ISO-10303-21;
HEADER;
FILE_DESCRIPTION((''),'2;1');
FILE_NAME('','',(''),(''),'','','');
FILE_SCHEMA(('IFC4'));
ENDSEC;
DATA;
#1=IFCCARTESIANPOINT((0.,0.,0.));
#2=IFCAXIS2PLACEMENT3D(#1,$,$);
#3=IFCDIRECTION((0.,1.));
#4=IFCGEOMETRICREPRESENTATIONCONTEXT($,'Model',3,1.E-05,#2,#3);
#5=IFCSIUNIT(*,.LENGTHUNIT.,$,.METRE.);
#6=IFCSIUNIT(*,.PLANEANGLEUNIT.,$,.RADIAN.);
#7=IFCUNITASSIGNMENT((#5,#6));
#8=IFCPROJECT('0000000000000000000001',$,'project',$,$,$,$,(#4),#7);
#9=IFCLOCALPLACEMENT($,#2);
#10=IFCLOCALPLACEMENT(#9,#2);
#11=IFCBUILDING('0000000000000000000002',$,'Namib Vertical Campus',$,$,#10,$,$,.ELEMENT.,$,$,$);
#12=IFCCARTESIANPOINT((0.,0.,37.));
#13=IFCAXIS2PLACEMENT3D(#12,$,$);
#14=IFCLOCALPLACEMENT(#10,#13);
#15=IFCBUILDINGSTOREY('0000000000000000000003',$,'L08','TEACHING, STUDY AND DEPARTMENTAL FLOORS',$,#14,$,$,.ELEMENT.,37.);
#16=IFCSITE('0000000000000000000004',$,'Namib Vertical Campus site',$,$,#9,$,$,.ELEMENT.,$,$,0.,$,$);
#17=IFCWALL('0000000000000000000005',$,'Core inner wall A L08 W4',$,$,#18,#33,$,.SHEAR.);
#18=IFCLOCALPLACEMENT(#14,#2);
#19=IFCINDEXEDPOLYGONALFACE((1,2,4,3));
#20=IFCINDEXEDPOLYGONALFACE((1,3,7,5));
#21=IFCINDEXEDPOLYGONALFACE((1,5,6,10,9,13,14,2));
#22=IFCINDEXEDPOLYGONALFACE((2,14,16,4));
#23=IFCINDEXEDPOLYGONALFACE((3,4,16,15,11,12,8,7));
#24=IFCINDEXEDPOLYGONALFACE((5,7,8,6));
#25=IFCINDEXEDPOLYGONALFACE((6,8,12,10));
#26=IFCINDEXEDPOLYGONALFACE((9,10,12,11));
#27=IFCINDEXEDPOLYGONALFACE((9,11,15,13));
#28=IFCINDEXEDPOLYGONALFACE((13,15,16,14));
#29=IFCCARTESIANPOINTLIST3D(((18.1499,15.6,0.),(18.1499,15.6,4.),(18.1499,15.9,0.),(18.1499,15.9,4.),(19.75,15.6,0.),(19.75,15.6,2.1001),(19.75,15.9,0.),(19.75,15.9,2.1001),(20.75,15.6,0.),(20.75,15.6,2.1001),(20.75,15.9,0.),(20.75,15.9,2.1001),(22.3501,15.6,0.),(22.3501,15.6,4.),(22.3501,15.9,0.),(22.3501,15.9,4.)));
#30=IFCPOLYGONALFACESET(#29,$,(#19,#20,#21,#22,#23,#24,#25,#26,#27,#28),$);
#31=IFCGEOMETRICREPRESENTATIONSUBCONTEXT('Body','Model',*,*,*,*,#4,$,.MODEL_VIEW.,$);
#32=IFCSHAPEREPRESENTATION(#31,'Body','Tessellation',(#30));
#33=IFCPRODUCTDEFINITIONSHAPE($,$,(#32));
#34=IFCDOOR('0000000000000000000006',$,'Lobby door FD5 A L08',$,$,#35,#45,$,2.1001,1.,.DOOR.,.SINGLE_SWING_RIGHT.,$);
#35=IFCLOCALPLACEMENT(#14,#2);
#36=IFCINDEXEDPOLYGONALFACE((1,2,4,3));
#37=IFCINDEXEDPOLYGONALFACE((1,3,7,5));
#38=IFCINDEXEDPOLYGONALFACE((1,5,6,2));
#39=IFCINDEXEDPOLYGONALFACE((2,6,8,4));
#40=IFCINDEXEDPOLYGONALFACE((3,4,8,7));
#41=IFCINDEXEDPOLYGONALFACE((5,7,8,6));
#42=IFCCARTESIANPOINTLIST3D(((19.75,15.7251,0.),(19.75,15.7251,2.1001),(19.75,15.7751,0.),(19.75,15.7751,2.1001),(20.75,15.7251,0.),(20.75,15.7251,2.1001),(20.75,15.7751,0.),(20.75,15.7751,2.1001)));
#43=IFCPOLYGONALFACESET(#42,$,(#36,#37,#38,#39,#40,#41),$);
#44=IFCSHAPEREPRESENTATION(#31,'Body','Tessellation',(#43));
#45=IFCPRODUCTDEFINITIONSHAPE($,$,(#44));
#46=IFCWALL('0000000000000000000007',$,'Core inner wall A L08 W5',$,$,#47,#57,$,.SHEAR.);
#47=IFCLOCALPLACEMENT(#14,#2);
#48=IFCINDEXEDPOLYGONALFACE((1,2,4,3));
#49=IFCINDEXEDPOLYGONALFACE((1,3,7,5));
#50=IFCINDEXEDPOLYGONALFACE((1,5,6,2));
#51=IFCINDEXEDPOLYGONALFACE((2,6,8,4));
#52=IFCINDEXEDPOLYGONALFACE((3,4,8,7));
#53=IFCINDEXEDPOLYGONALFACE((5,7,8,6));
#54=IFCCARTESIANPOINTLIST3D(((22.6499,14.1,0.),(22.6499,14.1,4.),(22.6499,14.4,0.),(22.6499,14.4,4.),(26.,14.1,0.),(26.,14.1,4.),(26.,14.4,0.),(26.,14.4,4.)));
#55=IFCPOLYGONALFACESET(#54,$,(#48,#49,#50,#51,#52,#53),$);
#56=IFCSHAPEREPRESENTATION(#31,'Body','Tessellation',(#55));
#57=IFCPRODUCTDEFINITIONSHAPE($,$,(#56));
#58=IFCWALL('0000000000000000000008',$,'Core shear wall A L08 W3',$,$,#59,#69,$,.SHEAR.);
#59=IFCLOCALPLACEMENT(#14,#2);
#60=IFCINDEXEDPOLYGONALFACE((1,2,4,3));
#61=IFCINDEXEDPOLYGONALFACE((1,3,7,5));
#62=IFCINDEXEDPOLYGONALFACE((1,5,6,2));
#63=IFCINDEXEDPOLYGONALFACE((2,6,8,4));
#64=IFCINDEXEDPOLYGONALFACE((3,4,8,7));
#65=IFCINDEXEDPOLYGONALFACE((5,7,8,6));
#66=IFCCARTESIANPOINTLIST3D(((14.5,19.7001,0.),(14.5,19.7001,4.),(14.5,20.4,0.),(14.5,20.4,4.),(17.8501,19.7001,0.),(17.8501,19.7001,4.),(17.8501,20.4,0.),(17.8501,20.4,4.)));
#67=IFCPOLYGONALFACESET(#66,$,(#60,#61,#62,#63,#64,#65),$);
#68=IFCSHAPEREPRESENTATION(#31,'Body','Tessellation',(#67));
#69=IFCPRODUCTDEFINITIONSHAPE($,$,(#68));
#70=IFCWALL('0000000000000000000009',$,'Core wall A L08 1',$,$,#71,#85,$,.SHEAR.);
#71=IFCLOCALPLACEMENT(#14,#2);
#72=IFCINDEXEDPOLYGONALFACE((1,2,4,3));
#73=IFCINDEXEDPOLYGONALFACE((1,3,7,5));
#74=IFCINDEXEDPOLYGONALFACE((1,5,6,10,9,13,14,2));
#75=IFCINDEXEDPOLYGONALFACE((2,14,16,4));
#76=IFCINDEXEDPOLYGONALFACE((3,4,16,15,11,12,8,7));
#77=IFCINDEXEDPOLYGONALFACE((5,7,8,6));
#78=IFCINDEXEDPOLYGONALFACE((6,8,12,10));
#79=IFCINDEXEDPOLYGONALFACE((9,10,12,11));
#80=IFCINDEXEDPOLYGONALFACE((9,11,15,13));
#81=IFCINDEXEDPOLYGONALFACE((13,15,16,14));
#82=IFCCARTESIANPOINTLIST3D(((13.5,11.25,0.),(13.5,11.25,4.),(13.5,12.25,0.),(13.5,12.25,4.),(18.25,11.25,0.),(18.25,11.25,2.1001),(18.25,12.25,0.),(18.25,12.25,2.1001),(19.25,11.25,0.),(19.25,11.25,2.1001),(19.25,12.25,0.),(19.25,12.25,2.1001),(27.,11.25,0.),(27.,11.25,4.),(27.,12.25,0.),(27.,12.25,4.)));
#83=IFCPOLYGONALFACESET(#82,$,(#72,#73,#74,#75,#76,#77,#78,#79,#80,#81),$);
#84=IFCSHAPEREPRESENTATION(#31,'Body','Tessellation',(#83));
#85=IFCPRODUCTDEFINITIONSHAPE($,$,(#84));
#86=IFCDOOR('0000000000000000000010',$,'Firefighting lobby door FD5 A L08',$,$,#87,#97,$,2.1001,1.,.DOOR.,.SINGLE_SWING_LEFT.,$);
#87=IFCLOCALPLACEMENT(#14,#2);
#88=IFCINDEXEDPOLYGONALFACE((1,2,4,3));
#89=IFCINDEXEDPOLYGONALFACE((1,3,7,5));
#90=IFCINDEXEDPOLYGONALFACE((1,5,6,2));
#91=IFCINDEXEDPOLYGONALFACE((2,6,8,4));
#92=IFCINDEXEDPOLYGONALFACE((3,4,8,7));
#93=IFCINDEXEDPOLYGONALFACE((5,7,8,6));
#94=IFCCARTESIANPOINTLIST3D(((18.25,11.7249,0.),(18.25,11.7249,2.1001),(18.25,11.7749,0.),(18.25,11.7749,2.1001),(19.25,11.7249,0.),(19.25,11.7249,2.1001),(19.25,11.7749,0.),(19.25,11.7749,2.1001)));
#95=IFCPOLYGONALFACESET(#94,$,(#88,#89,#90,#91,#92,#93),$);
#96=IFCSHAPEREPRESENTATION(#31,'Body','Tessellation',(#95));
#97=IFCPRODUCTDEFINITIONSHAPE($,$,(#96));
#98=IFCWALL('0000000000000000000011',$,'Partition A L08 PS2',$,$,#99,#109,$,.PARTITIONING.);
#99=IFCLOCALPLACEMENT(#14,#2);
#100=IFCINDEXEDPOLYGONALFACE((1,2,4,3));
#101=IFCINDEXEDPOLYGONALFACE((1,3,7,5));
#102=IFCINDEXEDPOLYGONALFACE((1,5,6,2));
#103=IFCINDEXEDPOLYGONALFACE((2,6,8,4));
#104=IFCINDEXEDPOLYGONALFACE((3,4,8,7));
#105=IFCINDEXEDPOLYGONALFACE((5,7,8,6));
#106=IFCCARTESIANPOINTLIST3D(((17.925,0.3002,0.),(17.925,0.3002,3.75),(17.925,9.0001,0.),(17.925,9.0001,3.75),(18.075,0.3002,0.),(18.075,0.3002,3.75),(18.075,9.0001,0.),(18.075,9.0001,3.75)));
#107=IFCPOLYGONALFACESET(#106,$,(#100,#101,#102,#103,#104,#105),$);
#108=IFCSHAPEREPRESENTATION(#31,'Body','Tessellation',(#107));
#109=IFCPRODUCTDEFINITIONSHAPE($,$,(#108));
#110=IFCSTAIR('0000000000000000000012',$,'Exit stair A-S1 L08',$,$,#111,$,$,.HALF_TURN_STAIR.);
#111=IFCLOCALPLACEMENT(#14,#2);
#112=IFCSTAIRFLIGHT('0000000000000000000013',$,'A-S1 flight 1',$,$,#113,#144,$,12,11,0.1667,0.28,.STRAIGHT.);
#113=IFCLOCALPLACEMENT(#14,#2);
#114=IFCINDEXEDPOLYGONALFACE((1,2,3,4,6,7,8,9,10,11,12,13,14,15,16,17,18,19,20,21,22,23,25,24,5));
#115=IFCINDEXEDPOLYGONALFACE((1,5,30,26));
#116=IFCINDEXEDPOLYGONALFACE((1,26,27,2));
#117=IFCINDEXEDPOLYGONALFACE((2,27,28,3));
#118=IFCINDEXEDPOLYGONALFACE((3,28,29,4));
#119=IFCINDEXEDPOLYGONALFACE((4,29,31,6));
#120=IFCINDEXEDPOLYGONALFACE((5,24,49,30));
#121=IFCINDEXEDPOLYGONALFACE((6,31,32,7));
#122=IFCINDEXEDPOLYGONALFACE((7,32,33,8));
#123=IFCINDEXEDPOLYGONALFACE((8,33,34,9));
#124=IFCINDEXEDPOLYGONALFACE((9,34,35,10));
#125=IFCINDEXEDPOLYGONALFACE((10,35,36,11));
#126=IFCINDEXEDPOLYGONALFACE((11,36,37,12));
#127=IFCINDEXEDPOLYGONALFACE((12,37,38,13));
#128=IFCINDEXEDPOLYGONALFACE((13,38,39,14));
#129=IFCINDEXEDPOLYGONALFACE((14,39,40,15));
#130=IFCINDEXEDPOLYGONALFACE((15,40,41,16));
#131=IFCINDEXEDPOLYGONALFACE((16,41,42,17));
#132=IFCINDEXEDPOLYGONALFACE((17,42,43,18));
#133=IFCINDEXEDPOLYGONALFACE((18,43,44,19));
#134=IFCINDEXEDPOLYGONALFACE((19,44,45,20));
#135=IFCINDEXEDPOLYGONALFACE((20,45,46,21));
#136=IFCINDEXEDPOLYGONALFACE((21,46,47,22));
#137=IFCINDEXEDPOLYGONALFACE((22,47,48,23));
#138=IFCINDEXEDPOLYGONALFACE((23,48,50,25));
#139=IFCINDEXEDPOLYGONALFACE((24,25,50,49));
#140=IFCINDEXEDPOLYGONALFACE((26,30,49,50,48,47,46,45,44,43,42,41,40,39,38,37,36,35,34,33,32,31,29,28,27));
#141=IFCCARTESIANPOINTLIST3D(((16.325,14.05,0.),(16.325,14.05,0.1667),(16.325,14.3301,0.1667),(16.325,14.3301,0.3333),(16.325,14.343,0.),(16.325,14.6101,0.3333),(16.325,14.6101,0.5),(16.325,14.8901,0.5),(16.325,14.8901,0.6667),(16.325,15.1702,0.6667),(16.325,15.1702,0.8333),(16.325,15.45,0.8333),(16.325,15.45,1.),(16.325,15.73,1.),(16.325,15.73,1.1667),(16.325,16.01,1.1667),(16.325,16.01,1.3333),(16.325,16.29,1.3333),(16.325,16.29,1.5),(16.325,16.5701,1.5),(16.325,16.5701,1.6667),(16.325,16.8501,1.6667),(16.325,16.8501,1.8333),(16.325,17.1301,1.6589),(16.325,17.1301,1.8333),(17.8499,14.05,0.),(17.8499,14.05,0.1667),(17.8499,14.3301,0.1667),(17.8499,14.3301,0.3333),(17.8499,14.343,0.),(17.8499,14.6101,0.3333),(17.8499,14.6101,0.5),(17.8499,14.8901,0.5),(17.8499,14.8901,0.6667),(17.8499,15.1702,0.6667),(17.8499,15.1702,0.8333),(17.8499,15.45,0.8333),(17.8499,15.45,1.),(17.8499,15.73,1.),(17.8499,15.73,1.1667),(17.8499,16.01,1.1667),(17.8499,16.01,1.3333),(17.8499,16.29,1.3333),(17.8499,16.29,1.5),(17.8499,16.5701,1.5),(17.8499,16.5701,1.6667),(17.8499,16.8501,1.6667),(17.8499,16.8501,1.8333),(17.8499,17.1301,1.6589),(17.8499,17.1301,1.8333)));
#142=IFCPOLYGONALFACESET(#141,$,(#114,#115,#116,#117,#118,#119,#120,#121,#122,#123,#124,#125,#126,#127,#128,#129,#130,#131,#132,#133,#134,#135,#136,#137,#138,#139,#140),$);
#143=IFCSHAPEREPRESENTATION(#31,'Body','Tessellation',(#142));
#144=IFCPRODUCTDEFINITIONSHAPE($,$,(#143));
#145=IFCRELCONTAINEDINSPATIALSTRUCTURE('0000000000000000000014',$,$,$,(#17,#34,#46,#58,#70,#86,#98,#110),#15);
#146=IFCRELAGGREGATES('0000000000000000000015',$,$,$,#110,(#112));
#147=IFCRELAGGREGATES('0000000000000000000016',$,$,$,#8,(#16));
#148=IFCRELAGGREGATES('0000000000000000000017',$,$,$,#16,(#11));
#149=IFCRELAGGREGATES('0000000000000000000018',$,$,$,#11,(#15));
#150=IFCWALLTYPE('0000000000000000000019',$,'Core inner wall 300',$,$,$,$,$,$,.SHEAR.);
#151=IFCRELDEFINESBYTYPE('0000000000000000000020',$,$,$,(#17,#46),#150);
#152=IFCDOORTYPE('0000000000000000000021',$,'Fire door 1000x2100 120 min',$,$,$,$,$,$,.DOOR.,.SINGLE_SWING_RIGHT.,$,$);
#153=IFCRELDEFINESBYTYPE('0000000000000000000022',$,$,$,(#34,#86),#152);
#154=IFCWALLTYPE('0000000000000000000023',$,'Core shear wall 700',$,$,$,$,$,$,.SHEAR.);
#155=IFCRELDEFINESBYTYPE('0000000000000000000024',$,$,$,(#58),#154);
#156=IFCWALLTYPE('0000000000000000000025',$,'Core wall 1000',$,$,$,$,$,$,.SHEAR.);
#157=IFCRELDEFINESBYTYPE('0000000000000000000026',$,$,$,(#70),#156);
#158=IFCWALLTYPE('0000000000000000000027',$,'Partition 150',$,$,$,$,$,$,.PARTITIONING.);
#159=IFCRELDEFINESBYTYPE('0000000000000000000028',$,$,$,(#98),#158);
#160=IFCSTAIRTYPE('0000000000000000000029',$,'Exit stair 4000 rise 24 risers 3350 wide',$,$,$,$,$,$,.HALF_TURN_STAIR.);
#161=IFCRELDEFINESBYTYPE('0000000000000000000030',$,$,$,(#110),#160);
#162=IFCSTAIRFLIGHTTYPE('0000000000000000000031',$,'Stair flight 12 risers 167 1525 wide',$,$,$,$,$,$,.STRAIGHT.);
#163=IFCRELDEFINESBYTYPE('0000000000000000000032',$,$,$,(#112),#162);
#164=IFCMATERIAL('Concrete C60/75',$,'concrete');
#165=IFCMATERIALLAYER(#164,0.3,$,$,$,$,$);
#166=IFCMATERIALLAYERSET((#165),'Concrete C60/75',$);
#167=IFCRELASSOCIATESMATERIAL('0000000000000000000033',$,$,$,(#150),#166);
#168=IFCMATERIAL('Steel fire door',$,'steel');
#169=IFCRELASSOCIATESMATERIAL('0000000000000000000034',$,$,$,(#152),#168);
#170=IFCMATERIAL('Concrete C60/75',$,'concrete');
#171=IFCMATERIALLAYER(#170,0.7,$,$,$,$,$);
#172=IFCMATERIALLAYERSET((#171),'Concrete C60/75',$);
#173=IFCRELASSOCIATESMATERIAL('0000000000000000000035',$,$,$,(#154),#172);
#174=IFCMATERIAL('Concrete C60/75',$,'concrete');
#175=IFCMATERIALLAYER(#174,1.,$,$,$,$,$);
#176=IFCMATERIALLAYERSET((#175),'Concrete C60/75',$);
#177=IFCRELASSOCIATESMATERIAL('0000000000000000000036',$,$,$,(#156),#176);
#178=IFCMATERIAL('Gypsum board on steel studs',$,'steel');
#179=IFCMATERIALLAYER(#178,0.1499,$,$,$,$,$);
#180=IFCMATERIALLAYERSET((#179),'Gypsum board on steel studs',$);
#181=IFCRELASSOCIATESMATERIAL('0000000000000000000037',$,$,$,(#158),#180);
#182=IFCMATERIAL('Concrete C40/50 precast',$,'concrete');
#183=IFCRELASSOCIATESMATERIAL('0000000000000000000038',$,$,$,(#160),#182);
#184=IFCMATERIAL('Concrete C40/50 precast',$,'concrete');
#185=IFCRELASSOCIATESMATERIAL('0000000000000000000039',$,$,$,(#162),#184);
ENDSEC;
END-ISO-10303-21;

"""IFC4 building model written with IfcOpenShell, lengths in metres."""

from ifc_helpers import new_model, si_unit, direction, frame, frame_2d, origin, place, context, subcontext, project, spatial, polyline, rectangle, outline, extrude, material, layer, layer_set, type_object, element, fill, aggregate, save


model = new_model("IFC4")

# Units and contexts
model_context = context("Model", 3, precision=1e-05, world=origin(), true_north=direction((0.0, 1.0)))
body_context = subcontext(model_context, "Body", "Model", "MODEL_VIEW")
ifc_project = project(units=[si_unit("LENGTHUNIT", "METRE"), si_unit("PLANEANGLEUNIT", "RADIAN")], contexts=[model_context])

# Site, building, storey
site_placement = place(None, origin())
site = spatial("IfcSite", under=ifc_project, at=site_placement, Name="Namib Vertical Campus site", CompositionType="ELEMENT", RefElevation=0.0)
building_placement = place(site_placement, origin())
building = spatial("IfcBuilding", under=site, at=building_placement, Name="Namib Vertical Campus", CompositionType="ELEMENT")
storey_placement = place(building_placement, frame((0.0, 0.0, 37.0)))
storey = spatial("IfcBuildingStorey", under=building, at=storey_placement, Name="L08", Description="TEACHING, STUDY AND DEPARTMENTAL FLOORS", CompositionType="ELEMENT", Elevation=37.0)

# Shared definitions
ifc_material_1 = material(Name="Concrete C60/75", Category="concrete")
ifc_layer_1 = layer(ifc_material_1, 0.3)
ifc_layer_set_1 = layer_set([ifc_layer_1], Name="Concrete C60/75")
wall_type_1 = type_object("IfcWallType", Name="Core inner wall 300", PredefinedType="SHEAR", material=ifc_layer_set_1)

# Wall, opening, door
wall_1_placement = place(storey_placement, frame((18.1499, 15.75, 0.0), z_axis=(0.0, 0.0, 1.0), x_axis=(1.0, 0.0, 0.0)))
wall_1 = element("IfcWall", 1, at=wall_1_placement, inside=storey, type_object=wall_type_1, Name="Core inner wall A L08 W4", PredefinedType="SHEAR", context=body_context, shape_type="SweptSolid", body=[
    extrude(rectangle(XDim=4.2002, YDim=0.3, at=frame_2d((2.1001, 0.0))), origin(), (0.0, 0.0, 1.0), 4.0),
])
opening_1_placement = place(wall_1_placement, frame((1.6001, 0.0, 0.0)))
opening_1 = element("IfcOpeningElement", 2, at=opening_1_placement, cuts=wall_1, PredefinedType="OPENING", context=body_context, shape_type="SweptSolid", body=[
    extrude(rectangle(XDim=1.0, YDim=2.1001, at=frame_2d((0.5, 1.05))), frame((0.0, 0.1599, 0.0), z_axis=(0.0, -1.0, 0.0), x_axis=(1.0, 0.0, 0.0)), (0.0, 0.0, 1.0), 0.3201),
])
ifc_material_2 = material(Name="Steel fire door", Category="steel")
door_type_1 = type_object("IfcDoorType", Name="Fire door 1000x2100 120 min", OperationType="SINGLE_SWING_RIGHT", PredefinedType="DOOR", material=ifc_material_2)
door_1_placement = place(opening_1_placement, frame((1.0, 0.0, 0.0), z_axis=(0.0, 0.0, 1.0), x_axis=(-1.0, 0.0, 0.0)))
door_1 = element("IfcDoor", 3, at=door_1_placement, inside=storey, type_object=door_type_1, Name="Lobby door FD5 A L08", OperationType="SINGLE_SWING_RIGHT", OverallHeight=2.1001, OverallWidth=1.0, PredefinedType="DOOR", context=body_context, shape_type="SweptSolid", body=[
    extrude(rectangle(XDim=1.0, YDim=2.1001, at=frame_2d((0.5, 1.05))), frame((0.0, 0.0249, 0.0), z_axis=(0.0, -1.0, 0.0), x_axis=(1.0, 0.0, 0.0)), (0.0, 0.0, 1.0), 0.05),
])
fill(opening_1, door_1)

# Walls
wall_2_placement = place(storey_placement, frame((22.6499, 14.25, 0.0), z_axis=(0.0, 0.0, 1.0), x_axis=(1.0, 0.0, 0.0)))
element("IfcWall", 4, at=wall_2_placement, inside=storey, type_object=wall_type_1, Name="Core inner wall A L08 W5", PredefinedType="SHEAR", context=body_context, shape_type="SweptSolid", body=[
    extrude(rectangle(XDim=3.3501, YDim=0.3, at=frame_2d((1.675, 0.0))), origin(), (0.0, 0.0, 1.0), 4.0),
])
ifc_material_3 = material(Name="Concrete C60/75", Category="concrete")
ifc_layer_2 = layer(ifc_material_3, 0.7)
ifc_layer_set_2 = layer_set([ifc_layer_2], Name="Concrete C60/75")
wall_type_2 = type_object("IfcWallType", Name="Core shear wall 700", PredefinedType="SHEAR", material=ifc_layer_set_2)
wall_3_placement = place(storey_placement, frame((14.5, 20.05, 0.0), z_axis=(0.0, 0.0, 1.0), x_axis=(1.0, 0.0, 0.0)))
element("IfcWall", 5, at=wall_3_placement, inside=storey, type_object=wall_type_2, Name="Core shear wall A L08 W3", PredefinedType="SHEAR", context=body_context, shape_type="SweptSolid", body=[
    extrude(rectangle(XDim=3.3501, YDim=0.7, at=frame_2d((1.675, 0.0))), origin(), (0.0, 0.0, 1.0), 4.0),
])

# Wall, opening, door
ifc_material_4 = material(Name="Concrete C60/75", Category="concrete")
ifc_layer_3 = layer(ifc_material_4, 1.0)
ifc_layer_set_3 = layer_set([ifc_layer_3], Name="Concrete C60/75")
wall_type_3 = type_object("IfcWallType", Name="Core wall 1000", PredefinedType="SHEAR", material=ifc_layer_set_3)
wall_4_placement = place(storey_placement, frame((13.5, 11.75, 0.0), z_axis=(0.0, 0.0, 1.0), x_axis=(1.0, 0.0, 0.0)))
wall_4 = element("IfcWall", 6, at=wall_4_placement, inside=storey, type_object=wall_type_3, Name="Core wall A L08 1", PredefinedType="SHEAR", context=body_context, shape_type="SweptSolid", body=[
    extrude(rectangle(XDim=13.5, YDim=1.0, at=frame_2d((6.75, 0.0))), origin(), (0.0, 0.0, 1.0), 4.0),
])
opening_2_placement = place(wall_4_placement, frame((4.75, 0.0, 0.0)))
opening_2 = element("IfcOpeningElement", 7, at=opening_2_placement, cuts=wall_4, PredefinedType="OPENING", context=body_context, shape_type="SweptSolid", body=[
    extrude(rectangle(XDim=1.0, YDim=2.1001, at=frame_2d((0.5, 1.05))), frame((0.0, 0.51, 0.0), z_axis=(0.0, -1.0, 0.0), x_axis=(1.0, 0.0, 0.0)), (0.0, 0.0, 1.0), 1.02),
])
door_2_placement = place(opening_2_placement, origin())
door_2 = element("IfcDoor", 8, at=door_2_placement, inside=storey, type_object=door_type_1, Name="Firefighting lobby door FD5 A L08", OperationType="SINGLE_SWING_LEFT", OverallHeight=2.1001, OverallWidth=1.0, PredefinedType="DOOR", context=body_context, shape_type="SweptSolid", body=[
    extrude(rectangle(XDim=1.0, YDim=2.1001, at=frame_2d((0.5, 1.05))), frame((0.0, 0.0249, 0.0), z_axis=(0.0, -1.0, 0.0), x_axis=(1.0, 0.0, 0.0)), (0.0, 0.0, 1.0), 0.05),
])
fill(opening_2, door_2)

# Wall
ifc_material_5 = material(Name="Gypsum board on steel studs", Category="steel")
ifc_layer_4 = layer(ifc_material_5, 0.1499)
ifc_layer_set_4 = layer_set([ifc_layer_4], Name="Gypsum board on steel studs")
wall_type_4 = type_object("IfcWallType", Name="Partition 150", PredefinedType="PARTITIONING", material=ifc_layer_set_4)
wall_5_placement = place(storey_placement, frame((18.0, 0.3, 0.0), z_axis=(0.0, 0.0, 1.0), x_axis=(0.0, 1.0, 0.0)))
element("IfcWall", 9, at=wall_5_placement, inside=storey, type_object=wall_type_4, Name="Partition A L08 PS2", PredefinedType="PARTITIONING", context=body_context, shape_type="SweptSolid", body=[
    extrude(rectangle(XDim=8.7, YDim=0.1499, at=frame_2d((4.3501, 0.0))), origin(), (0.0, 0.0, 1.0), 3.75),
])

# Stair, stair flight
ifc_material_6 = material(Name="Concrete C40/50 precast", Category="concrete")
stair_type = type_object("IfcStairType", Name="Exit stair 4000 rise 24 risers 3350 wide", PredefinedType="HALF_TURN_STAIR", material=ifc_material_6)
stair_placement = place(storey_placement, origin())
stair = element("IfcStair", 10, at=stair_placement, inside=storey, type_object=stair_type, Name="Exit stair A-S1 L08", PredefinedType="HALF_TURN_STAIR")
ifc_material_7 = material(Name="Concrete C40/50 precast", Category="concrete")
stair_flight_type = type_object("IfcStairFlightType", Name="Stair flight 12 risers 167 1525 wide", PredefinedType="STRAIGHT", material=ifc_material_7)
stair_flight_1_placement = place(storey_placement, frame((17.0874, 14.05, 0.0), z_axis=(0.0, 0.0, 1.0), x_axis=(0.0, 1.0, 0.0)))
stair_flight_1 = element("IfcStairFlight", 11, at=stair_flight_1_placement, type_object=stair_flight_type, Name="A-S1 flight 1", NumberOfRisers=12, NumberOfTreads=11, PredefinedType="STRAIGHT", RiserHeight=0.1667, TreadLength=0.28, context=body_context, shape_type="SweptSolid", body=[
    extrude(outline(polyline([(0.0, 0.0), (0.0, 0.1667), (0.28, 0.1667), (0.28, 0.3333), (0.5601, 0.3333), (0.5601, 0.5), (0.8401, 0.5), (0.8401, 0.6667), (1.1201, 0.6667), (1.1201, 0.8333), (1.3999, 0.8333), (1.3999, 1.0), (1.6799, 1.0), (1.6799, 1.1667), (1.96, 1.1667), (1.96, 1.3333), (2.24, 1.3333), (2.24, 1.5), (2.52, 1.5), (2.52, 1.6667), (2.8, 1.6667), (2.8, 1.8333), (3.0801, 1.8333), (3.0801, 2.0), (3.0801, 1.6589), (0.293, 0.0), (0.0, 0.0)])), frame((0.0, 0.7625, 0.0), z_axis=(0.0, -1.0, 0.0), x_axis=(1.0, 0.0, 0.0)), (0.0, 0.0, 1.0), 1.5249),
])
aggregate(stair, [stair_flight_1])

save(model, "model.ifc")
